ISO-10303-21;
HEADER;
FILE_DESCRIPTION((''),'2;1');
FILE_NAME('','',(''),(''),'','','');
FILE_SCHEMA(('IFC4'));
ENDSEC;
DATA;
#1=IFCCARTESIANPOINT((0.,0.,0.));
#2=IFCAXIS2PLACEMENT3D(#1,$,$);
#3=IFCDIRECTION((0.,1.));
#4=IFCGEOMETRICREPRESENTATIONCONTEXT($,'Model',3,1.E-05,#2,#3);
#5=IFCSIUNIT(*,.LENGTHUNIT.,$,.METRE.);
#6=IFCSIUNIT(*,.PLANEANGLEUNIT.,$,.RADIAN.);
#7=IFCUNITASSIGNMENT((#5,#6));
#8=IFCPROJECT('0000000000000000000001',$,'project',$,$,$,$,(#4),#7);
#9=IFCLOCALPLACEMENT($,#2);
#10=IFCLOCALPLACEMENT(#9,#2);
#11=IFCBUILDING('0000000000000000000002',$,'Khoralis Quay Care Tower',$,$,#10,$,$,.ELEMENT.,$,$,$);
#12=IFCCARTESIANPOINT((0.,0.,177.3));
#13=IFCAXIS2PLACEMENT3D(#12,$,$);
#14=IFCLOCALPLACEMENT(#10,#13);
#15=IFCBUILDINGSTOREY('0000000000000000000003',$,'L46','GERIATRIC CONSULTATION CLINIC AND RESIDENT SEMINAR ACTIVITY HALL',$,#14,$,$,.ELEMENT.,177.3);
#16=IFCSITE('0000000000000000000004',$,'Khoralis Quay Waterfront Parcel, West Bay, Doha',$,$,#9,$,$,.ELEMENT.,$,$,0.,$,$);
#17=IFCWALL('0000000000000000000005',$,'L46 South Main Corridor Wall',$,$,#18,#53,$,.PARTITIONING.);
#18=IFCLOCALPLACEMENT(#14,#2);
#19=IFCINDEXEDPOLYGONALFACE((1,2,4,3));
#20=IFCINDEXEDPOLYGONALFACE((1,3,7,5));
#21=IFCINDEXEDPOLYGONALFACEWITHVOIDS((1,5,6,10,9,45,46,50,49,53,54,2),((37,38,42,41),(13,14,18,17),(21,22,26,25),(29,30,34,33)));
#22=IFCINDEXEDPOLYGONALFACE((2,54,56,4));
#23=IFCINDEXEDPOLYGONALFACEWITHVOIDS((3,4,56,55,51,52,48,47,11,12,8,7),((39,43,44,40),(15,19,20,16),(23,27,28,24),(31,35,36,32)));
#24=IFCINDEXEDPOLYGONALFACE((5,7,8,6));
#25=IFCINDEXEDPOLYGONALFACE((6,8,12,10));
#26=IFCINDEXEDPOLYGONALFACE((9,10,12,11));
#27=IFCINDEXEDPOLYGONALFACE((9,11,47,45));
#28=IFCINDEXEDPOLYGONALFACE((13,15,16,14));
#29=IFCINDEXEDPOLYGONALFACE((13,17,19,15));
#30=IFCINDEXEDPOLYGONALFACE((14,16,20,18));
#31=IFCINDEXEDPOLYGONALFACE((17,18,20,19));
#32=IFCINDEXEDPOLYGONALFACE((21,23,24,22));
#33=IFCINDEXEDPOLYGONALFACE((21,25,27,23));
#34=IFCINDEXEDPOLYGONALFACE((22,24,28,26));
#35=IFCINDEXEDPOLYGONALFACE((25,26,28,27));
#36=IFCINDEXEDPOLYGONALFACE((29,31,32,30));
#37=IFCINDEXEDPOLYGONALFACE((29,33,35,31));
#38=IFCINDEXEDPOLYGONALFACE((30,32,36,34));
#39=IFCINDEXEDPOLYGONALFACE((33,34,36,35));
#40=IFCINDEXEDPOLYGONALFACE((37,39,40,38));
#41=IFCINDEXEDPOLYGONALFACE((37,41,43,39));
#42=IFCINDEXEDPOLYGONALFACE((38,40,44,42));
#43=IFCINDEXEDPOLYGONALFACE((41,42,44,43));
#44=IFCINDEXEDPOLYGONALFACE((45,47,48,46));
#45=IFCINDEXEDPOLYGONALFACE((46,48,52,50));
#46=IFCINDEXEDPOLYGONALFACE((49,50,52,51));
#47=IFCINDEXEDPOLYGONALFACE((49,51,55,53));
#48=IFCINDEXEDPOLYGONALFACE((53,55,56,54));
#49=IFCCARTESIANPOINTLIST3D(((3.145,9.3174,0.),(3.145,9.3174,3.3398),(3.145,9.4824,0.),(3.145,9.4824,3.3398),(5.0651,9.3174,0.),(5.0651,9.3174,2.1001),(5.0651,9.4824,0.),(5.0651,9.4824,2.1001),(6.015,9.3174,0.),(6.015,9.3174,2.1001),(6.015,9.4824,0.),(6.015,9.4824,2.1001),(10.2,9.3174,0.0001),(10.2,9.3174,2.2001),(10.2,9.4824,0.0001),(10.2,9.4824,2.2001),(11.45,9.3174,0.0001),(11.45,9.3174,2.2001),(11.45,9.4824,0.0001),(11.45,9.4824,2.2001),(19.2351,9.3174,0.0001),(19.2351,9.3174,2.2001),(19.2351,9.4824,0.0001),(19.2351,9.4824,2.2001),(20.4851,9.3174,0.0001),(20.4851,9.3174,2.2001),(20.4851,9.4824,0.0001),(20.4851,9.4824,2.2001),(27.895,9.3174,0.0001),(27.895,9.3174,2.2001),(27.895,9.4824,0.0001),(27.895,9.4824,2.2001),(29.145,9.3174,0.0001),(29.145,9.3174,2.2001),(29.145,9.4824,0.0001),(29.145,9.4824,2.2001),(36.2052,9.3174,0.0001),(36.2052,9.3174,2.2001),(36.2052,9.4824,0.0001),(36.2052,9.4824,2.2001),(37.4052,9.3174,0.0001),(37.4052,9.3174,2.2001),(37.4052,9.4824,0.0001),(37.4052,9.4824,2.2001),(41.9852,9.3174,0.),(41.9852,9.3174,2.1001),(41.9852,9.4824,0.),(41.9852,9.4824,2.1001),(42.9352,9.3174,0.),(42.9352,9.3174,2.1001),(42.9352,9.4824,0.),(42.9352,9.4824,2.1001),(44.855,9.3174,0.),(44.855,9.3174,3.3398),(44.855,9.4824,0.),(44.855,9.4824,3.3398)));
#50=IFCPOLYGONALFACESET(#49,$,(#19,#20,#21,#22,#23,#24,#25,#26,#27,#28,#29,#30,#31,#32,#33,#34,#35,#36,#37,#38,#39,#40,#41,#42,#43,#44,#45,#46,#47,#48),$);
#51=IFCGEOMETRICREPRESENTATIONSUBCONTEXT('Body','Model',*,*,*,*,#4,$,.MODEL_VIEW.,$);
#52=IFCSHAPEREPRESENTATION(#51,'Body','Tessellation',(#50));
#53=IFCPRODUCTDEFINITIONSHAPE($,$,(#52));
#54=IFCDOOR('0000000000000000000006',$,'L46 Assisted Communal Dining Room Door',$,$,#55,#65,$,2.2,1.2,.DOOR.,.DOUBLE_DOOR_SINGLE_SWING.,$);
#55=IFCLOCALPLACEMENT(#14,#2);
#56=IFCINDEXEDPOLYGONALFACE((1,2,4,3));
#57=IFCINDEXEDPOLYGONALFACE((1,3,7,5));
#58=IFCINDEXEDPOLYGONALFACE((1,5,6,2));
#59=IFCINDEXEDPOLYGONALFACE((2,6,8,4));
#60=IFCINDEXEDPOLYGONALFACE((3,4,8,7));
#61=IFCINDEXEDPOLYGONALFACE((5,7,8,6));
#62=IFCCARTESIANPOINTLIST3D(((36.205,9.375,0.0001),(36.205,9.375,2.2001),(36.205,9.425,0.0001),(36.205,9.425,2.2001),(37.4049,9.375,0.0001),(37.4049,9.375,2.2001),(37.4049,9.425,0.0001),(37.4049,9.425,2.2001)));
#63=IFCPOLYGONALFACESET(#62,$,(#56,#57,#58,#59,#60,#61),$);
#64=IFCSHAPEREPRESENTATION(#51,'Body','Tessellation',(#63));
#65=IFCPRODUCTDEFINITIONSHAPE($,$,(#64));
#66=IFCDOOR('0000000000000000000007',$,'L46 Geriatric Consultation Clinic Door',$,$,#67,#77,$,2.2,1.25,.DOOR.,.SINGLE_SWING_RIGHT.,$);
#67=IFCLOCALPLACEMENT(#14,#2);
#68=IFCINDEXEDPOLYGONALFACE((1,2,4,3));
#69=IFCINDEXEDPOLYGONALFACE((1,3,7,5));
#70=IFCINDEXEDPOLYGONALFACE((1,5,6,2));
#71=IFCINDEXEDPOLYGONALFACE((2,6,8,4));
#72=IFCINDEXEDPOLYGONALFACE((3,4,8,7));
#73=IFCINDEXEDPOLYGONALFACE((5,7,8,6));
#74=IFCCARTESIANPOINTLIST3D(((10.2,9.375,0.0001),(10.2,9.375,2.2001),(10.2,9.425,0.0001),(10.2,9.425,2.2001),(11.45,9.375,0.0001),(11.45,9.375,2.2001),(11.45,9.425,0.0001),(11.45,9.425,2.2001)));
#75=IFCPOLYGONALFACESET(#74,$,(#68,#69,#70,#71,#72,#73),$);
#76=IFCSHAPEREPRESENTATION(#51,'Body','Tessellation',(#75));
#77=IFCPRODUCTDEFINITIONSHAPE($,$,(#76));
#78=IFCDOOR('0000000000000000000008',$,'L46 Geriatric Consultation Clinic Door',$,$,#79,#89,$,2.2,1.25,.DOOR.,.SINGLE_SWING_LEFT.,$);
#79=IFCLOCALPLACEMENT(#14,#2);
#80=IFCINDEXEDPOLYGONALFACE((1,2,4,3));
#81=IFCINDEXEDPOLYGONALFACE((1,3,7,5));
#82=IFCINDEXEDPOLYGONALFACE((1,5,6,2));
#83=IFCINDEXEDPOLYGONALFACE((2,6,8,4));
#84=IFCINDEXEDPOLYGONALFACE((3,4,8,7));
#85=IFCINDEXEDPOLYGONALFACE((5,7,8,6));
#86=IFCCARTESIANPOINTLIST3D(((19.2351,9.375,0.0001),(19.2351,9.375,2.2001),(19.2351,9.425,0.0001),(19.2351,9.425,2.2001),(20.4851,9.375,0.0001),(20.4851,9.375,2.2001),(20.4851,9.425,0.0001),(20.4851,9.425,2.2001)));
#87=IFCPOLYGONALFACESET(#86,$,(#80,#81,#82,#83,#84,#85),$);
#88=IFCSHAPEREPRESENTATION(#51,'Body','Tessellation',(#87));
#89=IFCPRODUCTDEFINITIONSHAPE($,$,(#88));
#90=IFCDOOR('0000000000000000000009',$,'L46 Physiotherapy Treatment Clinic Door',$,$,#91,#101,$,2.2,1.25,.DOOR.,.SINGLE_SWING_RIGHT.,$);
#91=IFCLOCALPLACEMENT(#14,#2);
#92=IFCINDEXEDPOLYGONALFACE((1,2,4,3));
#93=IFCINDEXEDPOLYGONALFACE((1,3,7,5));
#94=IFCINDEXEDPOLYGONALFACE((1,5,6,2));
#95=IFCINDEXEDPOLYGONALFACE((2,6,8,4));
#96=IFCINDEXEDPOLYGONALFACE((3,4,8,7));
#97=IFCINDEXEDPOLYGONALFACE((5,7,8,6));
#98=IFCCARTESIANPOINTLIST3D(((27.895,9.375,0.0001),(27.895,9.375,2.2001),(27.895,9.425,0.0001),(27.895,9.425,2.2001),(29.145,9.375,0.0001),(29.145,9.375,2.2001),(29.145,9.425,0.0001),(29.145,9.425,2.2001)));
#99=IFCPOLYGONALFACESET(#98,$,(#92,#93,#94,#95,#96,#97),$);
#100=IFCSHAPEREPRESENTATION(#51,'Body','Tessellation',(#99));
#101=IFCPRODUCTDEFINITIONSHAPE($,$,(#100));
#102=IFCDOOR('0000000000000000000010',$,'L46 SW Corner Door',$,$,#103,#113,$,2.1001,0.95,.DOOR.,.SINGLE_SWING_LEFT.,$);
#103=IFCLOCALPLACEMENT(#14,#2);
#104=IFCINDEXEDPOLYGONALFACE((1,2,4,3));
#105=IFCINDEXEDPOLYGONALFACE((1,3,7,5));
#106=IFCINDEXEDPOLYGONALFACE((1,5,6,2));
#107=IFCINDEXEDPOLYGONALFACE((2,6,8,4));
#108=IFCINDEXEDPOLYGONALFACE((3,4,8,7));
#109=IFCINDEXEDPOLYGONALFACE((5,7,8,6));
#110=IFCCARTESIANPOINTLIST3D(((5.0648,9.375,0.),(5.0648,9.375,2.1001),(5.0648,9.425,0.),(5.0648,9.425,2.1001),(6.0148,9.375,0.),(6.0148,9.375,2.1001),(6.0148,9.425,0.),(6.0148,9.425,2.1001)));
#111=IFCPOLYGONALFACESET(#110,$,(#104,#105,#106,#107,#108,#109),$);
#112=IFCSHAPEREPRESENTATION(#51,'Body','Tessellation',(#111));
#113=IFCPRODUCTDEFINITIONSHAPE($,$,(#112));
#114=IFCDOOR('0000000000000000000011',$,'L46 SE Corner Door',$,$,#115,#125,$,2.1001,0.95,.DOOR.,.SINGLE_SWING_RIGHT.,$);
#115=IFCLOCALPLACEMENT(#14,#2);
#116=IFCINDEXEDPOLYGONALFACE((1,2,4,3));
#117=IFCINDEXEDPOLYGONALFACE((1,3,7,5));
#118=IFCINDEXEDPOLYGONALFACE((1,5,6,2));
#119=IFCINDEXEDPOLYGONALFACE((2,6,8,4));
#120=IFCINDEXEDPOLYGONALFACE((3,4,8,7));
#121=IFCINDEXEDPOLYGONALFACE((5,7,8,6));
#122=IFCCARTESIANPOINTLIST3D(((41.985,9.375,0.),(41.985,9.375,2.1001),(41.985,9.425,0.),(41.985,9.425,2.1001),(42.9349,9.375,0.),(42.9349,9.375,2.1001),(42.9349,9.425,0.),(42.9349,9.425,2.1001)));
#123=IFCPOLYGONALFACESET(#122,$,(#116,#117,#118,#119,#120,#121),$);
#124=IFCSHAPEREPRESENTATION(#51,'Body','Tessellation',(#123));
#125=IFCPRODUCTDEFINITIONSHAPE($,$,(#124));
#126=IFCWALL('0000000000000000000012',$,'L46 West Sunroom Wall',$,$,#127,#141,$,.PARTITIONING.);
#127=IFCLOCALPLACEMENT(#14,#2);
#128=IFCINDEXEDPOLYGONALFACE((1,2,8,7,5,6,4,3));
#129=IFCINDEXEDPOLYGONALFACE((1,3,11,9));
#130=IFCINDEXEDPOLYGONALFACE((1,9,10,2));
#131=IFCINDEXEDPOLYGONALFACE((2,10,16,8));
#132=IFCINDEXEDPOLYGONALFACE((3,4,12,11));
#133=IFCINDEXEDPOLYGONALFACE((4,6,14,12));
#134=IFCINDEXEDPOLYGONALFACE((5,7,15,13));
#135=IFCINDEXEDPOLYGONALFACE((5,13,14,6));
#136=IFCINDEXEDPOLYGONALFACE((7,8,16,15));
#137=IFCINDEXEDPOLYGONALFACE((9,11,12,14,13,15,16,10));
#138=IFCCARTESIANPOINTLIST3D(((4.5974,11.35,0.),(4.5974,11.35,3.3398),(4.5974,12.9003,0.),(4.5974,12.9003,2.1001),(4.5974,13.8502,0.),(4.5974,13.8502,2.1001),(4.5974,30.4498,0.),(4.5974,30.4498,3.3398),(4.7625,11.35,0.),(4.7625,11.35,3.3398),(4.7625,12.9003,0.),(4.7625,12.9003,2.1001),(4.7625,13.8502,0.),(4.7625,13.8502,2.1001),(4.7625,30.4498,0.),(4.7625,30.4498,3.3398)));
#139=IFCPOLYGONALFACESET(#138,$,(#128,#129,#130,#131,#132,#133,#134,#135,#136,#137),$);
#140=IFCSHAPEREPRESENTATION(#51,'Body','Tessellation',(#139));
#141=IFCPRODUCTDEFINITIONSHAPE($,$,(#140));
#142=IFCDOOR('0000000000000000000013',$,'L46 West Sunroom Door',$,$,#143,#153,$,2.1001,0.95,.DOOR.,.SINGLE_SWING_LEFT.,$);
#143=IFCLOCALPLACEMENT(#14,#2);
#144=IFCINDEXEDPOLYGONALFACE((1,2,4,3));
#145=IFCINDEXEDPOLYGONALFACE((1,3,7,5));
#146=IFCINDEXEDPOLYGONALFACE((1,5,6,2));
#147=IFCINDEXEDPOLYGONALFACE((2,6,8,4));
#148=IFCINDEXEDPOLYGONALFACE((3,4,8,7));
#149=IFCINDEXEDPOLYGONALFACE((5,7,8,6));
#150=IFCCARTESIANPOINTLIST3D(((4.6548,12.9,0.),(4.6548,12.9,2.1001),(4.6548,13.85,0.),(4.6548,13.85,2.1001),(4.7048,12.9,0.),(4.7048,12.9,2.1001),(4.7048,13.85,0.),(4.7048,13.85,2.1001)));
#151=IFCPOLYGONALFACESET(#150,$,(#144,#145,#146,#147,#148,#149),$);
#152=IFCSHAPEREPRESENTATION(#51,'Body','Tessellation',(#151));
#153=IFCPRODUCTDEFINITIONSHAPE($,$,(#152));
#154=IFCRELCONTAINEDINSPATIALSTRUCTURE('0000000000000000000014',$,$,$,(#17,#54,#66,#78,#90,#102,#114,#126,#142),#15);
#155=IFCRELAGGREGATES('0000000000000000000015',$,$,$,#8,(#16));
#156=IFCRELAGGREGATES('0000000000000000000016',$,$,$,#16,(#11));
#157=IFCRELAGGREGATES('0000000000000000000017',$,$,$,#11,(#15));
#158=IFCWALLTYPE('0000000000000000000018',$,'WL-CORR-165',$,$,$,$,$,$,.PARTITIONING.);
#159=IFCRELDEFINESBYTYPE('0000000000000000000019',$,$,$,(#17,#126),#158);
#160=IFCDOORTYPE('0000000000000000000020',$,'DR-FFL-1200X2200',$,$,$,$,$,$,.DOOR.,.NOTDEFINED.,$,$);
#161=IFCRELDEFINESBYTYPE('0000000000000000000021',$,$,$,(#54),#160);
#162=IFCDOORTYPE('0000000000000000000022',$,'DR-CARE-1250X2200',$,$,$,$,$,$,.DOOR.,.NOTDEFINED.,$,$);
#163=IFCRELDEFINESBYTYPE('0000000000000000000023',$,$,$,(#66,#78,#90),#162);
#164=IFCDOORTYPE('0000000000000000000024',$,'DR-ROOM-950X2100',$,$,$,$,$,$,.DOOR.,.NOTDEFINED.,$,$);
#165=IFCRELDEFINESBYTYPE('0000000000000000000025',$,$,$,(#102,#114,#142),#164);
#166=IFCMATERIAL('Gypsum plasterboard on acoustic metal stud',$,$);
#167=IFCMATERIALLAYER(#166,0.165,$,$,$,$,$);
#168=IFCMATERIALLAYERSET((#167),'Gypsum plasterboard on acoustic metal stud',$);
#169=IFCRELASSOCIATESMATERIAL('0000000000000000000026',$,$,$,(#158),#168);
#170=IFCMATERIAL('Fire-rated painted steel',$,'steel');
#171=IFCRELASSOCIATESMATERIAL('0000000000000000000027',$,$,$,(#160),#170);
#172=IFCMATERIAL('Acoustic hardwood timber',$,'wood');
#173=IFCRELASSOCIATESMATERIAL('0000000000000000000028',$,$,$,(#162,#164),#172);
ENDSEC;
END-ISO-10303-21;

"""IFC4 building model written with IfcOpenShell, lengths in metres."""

from ifc_helpers import new_model, si_unit, direction, frame, frame_2d, origin, place, context, subcontext, project, spatial, rectangle, extrude, source, transform, mapped, material, layer, layer_set, type_object, element, fill, save


model = new_model("IFC4")

# Units and contexts
model_context = context("Model", 3, precision=1e-05, world=origin(), true_north=direction((0.0, 1.0)))
body_context = subcontext(model_context, "Body", "Model", "MODEL_VIEW")
ifc_project = project(units=[si_unit("LENGTHUNIT", "METRE"), si_unit("PLANEANGLEUNIT", "RADIAN")], contexts=[model_context])

# Site, building, storey
site_placement = place(None, origin())
site = spatial("IfcSite", under=ifc_project, at=site_placement, Name="Khoralis Quay Waterfront Parcel, West Bay, Doha", CompositionType="ELEMENT", RefElevation=0.0)
building_placement = place(site_placement, origin())
building = spatial("IfcBuilding", under=site, at=building_placement, Name="Khoralis Quay Care Tower", CompositionType="ELEMENT")
storey_placement = place(building_placement, frame((0.0, 0.0, 177.3)))
storey = spatial("IfcBuildingStorey", under=building, at=storey_placement, Name="L46", Description="GERIATRIC CONSULTATION CLINIC AND RESIDENT SEMINAR ACTIVITY HALL", CompositionType="ELEMENT", Elevation=177.3)

# Wall, openings, doors
ifc_material_1 = material(Name="Gypsum plasterboard on acoustic metal stud")
ifc_layer_1 = layer(ifc_material_1, 0.165)
ifc_layer_set_1 = layer_set([ifc_layer_1], Name="Gypsum plasterboard on acoustic metal stud")
wall_type_1 = type_object("IfcWallType", Name="WL-CORR-165", PredefinedType="PARTITIONING", material=ifc_layer_set_1)
wall_1_placement = place(storey_placement, frame((3.145, 9.3999, 0.0), z_axis=(0.0, 0.0, 1.0), x_axis=(1.0, 0.0, 0.0)))
wall_1 = element("IfcWall", 1, at=wall_1_placement, inside=storey, type_object=wall_type_1, Name="L46 South Main Corridor Wall", PredefinedType="PARTITIONING", context=body_context, shape_type="SweptSolid", body=[
    extrude(rectangle(XDim=41.71, YDim=0.165, at=frame_2d((20.855, 0.0))), origin(), (0.0, 0.0, 1.0), 3.3398),
])
opening_1_placement = place(wall_1_placement, frame((7.0549, 0.0, 0.0)))
opening_1 = element("IfcOpeningElement", 2, at=opening_1_placement, cuts=wall_1, PredefinedType="OPENING", context=body_context, shape_type="SweptSolid", body=[
    extrude(rectangle(XDim=1.25, YDim=2.2, at=frame_2d((0.625, 1.1001))), frame((0.0, 0.0925, 0.0), z_axis=(0.0, -1.0, 0.0), x_axis=(1.0, 0.0, 0.0)), (0.0, 0.0, 1.0), 0.1851),
])
opening_2_placement = place(wall_1_placement, frame((16.0901, 0.0, 0.0)))
opening_2 = element("IfcOpeningElement", 3, at=opening_2_placement, cuts=wall_1, PredefinedType="OPENING", context=body_context, shape_type="SweptSolid", body=[
    extrude(rectangle(XDim=1.25, YDim=2.2, at=frame_2d((0.625, 1.1001))), frame((0.0, 0.0925, 0.0), z_axis=(0.0, -1.0, 0.0), x_axis=(1.0, 0.0, 0.0)), (0.0, 0.0, 1.0), 0.1851),
])
opening_3_placement = place(wall_1_placement, frame((24.75, 0.0, 0.0)))
opening_3 = element("IfcOpeningElement", 4, at=opening_3_placement, cuts=wall_1, PredefinedType="OPENING", context=body_context, shape_type="SweptSolid", body=[
    extrude(rectangle(XDim=1.25, YDim=2.2, at=frame_2d((0.625, 1.1001))), frame((0.0, 0.0925, 0.0), z_axis=(0.0, -1.0, 0.0), x_axis=(1.0, 0.0, 0.0)), (0.0, 0.0, 1.0), 0.1851),
])
opening_4_placement = place(wall_1_placement, frame((33.0601, 0.0, 0.0)))
opening_4 = element("IfcOpeningElement", 5, at=opening_4_placement, cuts=wall_1, PredefinedType="OPENING", context=body_context, shape_type="SweptSolid", body=[
    extrude(rectangle(XDim=1.2, YDim=2.2, at=frame_2d((0.6001, 1.1001))), frame((0.0, 0.0925, 0.0), z_axis=(0.0, -1.0, 0.0), x_axis=(1.0, 0.0, 0.0)), (0.0, 0.0, 1.0), 0.1851),
])
opening_5_placement = place(wall_1_placement, frame((1.9199, 0.0, 0.0)))
opening_5 = element("IfcOpeningElement", 6, at=opening_5_placement, cuts=wall_1, PredefinedType="OPENING", context=body_context, shape_type="SweptSolid", body=[
    extrude(rectangle(XDim=0.95, YDim=2.1001, at=frame_2d((0.4751, 1.05))), frame((0.0, 0.0925, 0.0), z_axis=(0.0, -1.0, 0.0), x_axis=(1.0, 0.0, 0.0)), (0.0, 0.0, 1.0), 0.1851),
])
opening_6_placement = place(wall_1_placement, frame((38.8401, 0.0, 0.0)))
opening_6 = element("IfcOpeningElement", 7, at=opening_6_placement, cuts=wall_1, PredefinedType="OPENING", context=body_context, shape_type="SweptSolid", body=[
    extrude(rectangle(XDim=0.95, YDim=2.1001, at=frame_2d((0.4751, 1.05))), frame((0.0, 0.0925, 0.0), z_axis=(0.0, -1.0, 0.0), x_axis=(1.0, 0.0, 0.0)), (0.0, 0.0, 1.0), 0.1851),
])
ifc_material_2 = material(Name="Fire-rated painted steel", Category="steel")
door_type_1 = type_object("IfcDoorType", Name="DR-FFL-1200X2200", OperationType="NOTDEFINED", PredefinedType="DOOR", material=ifc_material_2)
shared_shape_1 = source(origin(), body_context, "Body", "SweptSolid", [
    extrude(rectangle(XDim=1.2, YDim=2.2, at=frame_2d((0.6001, 1.1001))), frame((0.0, 0.0249, 0.0), z_axis=(0.0, -1.0, 0.0), x_axis=(1.0, 0.0, 0.0)), (0.0, 0.0, 1.0), 0.05),
])
door_1_placement = place(opening_4_placement, frame((1.2, 0.0, 0.0), z_axis=(0.0, 0.0, 1.0), x_axis=(-1.0, 0.0, 0.0)))
door_1 = element("IfcDoor", 8, at=door_1_placement, inside=storey, type_object=door_type_1, Name="L46 Assisted Communal Dining Room Door", OperationType="DOUBLE_DOOR_SINGLE_SWING", OverallHeight=2.2, OverallWidth=1.2, PredefinedType="DOOR", context=body_context, shape_type="MappedRepresentation", body=[
    mapped(shared_shape_1, transform((0.0, 0.0, 0.0), scale=1.0)),
])
fill(opening_4, door_1)
ifc_material_3 = material(Name="Acoustic hardwood timber", Category="wood")
door_type_2 = type_object("IfcDoorType", Name="DR-CARE-1250X2200", OperationType="NOTDEFINED", PredefinedType="DOOR", material=ifc_material_3)
shared_shape_2 = source(origin(), body_context, "Body", "SweptSolid", [
    extrude(rectangle(XDim=1.25, YDim=2.2, at=frame_2d((0.625, 1.1001))), frame((0.0, 0.0249, 0.0), z_axis=(0.0, -1.0, 0.0), x_axis=(1.0, 0.0, 0.0)), (0.0, 0.0, 1.0), 0.05),
])
door_2_placement = place(opening_1_placement, frame((1.25, 0.0, 0.0), z_axis=(0.0, 0.0, 1.0), x_axis=(-1.0, 0.0, 0.0)))
door_2 = element("IfcDoor", 9, at=door_2_placement, inside=storey, type_object=door_type_2, Name="L46 Geriatric Consultation Clinic Door", OperationType="SINGLE_SWING_RIGHT", OverallHeight=2.2, OverallWidth=1.25, PredefinedType="DOOR", context=body_context, shape_type="MappedRepresentation", body=[
    mapped(shared_shape_2, transform((0.0, 0.0, 0.0), scale=1.0)),
])
fill(opening_1, door_2)
door_3_placement = place(opening_2_placement, frame((1.25, 0.0, 0.0), z_axis=(0.0, 0.0, 1.0), x_axis=(-1.0, 0.0, 0.0)))
door_3 = element("IfcDoor", 10, at=door_3_placement, inside=storey, type_object=door_type_2, Name="L46 Geriatric Consultation Clinic Door", OperationType="SINGLE_SWING_LEFT", OverallHeight=2.2, OverallWidth=1.25, PredefinedType="DOOR", context=body_context, shape_type="MappedRepresentation", body=[
    mapped(shared_shape_2, transform((0.0, 0.0, 0.0), scale=1.0)),
])
fill(opening_2, door_3)
door_4_placement = place(opening_3_placement, frame((1.25, 0.0, 0.0), z_axis=(0.0, 0.0, 1.0), x_axis=(-1.0, 0.0, 0.0)))
door_4 = element("IfcDoor", 11, at=door_4_placement, inside=storey, type_object=door_type_2, Name="L46 Physiotherapy Treatment Clinic Door", OperationType="SINGLE_SWING_RIGHT", OverallHeight=2.2, OverallWidth=1.25, PredefinedType="DOOR", context=body_context, shape_type="MappedRepresentation", body=[
    mapped(shared_shape_2, transform((0.0, 0.0, 0.0), scale=1.0)),
])
fill(opening_3, door_4)
door_type_3 = type_object("IfcDoorType", Name="DR-ROOM-950X2100", OperationType="NOTDEFINED", PredefinedType="DOOR", material=ifc_material_3)
shared_shape_3 = source(origin(), body_context, "Body", "SweptSolid", [
    extrude(rectangle(XDim=0.95, YDim=2.1001, at=frame_2d((0.4751, 1.05))), frame((0.0, 0.0249, 0.0), z_axis=(0.0, -1.0, 0.0), x_axis=(1.0, 0.0, 0.0)), (0.0, 0.0, 1.0), 0.05),
])
door_5_placement = place(opening_5_placement, frame((0.95, 0.0, 0.0), z_axis=(0.0, 0.0, 1.0), x_axis=(-1.0, 0.0, 0.0)))
door_5 = element("IfcDoor", 12, at=door_5_placement, inside=storey, type_object=door_type_3, Name="L46 SW Corner Door", OperationType="SINGLE_SWING_LEFT", OverallHeight=2.1001, OverallWidth=0.95, PredefinedType="DOOR", context=body_context, shape_type="MappedRepresentation", body=[
    mapped(shared_shape_3, transform((0.0, 0.0, 0.0), scale=1.0)),
])
fill(opening_5, door_5)
door_6_placement = place(opening_6_placement, frame((0.95, 0.0, 0.0), z_axis=(0.0, 0.0, 1.0), x_axis=(-1.0, 0.0, 0.0)))
door_6 = element("IfcDoor", 13, at=door_6_placement, inside=storey, type_object=door_type_3, Name="L46 SE Corner Door", OperationType="SINGLE_SWING_RIGHT", OverallHeight=2.1001, OverallWidth=0.95, PredefinedType="DOOR", context=body_context, shape_type="MappedRepresentation", body=[
    mapped(shared_shape_3, transform((0.0, 0.0, 0.0), scale=1.0)),
])
fill(opening_6, door_6)

# Wall, opening, door
wall_2_placement = place(storey_placement, frame((4.6799, 11.3501, 0.0), z_axis=(0.0, 0.0, 1.0), x_axis=(0.0, 1.0, 0.0)))
wall_2 = element("IfcWall", 14, at=wall_2_placement, inside=storey, type_object=wall_type_1, Name="L46 West Sunroom Wall", PredefinedType="PARTITIONING", context=body_context, shape_type="SweptSolid", body=[
    extrude(rectangle(XDim=19.0999, YDim=0.165, at=frame_2d((9.5498, 0.0))), origin(), (0.0, 0.0, 1.0), 3.3398),
])
opening_7_placement = place(wall_2_placement, frame((1.55, 0.0, 0.0)))
opening_7 = element("IfcOpeningElement", 15, at=opening_7_placement, cuts=wall_2, PredefinedType="OPENING", context=body_context, shape_type="SweptSolid", body=[
    extrude(rectangle(XDim=0.95, YDim=2.1001, at=frame_2d((0.4751, 1.05))), frame((0.0, 0.0925, 0.0), z_axis=(0.0, -1.0, 0.0), x_axis=(1.0, 0.0, 0.0)), (0.0, 0.0, 1.0), 0.1851),
])
door_7_placement = place(opening_7_placement, frame((0.95, 0.0, 0.0), z_axis=(0.0, 0.0, 1.0), x_axis=(-1.0, 0.0, 0.0)))
door_7 = element("IfcDoor", 16, at=door_7_placement, inside=storey, type_object=door_type_3, Name="L46 West Sunroom Door", OperationType="SINGLE_SWING_LEFT", OverallHeight=2.1001, OverallWidth=0.95, PredefinedType="DOOR", context=body_context, shape_type="MappedRepresentation", body=[
    mapped(shared_shape_3, transform((0.0, 0.0, 0.0), scale=1.0)),
])
fill(opening_7, door_7)

save(model, "model.ifc")
